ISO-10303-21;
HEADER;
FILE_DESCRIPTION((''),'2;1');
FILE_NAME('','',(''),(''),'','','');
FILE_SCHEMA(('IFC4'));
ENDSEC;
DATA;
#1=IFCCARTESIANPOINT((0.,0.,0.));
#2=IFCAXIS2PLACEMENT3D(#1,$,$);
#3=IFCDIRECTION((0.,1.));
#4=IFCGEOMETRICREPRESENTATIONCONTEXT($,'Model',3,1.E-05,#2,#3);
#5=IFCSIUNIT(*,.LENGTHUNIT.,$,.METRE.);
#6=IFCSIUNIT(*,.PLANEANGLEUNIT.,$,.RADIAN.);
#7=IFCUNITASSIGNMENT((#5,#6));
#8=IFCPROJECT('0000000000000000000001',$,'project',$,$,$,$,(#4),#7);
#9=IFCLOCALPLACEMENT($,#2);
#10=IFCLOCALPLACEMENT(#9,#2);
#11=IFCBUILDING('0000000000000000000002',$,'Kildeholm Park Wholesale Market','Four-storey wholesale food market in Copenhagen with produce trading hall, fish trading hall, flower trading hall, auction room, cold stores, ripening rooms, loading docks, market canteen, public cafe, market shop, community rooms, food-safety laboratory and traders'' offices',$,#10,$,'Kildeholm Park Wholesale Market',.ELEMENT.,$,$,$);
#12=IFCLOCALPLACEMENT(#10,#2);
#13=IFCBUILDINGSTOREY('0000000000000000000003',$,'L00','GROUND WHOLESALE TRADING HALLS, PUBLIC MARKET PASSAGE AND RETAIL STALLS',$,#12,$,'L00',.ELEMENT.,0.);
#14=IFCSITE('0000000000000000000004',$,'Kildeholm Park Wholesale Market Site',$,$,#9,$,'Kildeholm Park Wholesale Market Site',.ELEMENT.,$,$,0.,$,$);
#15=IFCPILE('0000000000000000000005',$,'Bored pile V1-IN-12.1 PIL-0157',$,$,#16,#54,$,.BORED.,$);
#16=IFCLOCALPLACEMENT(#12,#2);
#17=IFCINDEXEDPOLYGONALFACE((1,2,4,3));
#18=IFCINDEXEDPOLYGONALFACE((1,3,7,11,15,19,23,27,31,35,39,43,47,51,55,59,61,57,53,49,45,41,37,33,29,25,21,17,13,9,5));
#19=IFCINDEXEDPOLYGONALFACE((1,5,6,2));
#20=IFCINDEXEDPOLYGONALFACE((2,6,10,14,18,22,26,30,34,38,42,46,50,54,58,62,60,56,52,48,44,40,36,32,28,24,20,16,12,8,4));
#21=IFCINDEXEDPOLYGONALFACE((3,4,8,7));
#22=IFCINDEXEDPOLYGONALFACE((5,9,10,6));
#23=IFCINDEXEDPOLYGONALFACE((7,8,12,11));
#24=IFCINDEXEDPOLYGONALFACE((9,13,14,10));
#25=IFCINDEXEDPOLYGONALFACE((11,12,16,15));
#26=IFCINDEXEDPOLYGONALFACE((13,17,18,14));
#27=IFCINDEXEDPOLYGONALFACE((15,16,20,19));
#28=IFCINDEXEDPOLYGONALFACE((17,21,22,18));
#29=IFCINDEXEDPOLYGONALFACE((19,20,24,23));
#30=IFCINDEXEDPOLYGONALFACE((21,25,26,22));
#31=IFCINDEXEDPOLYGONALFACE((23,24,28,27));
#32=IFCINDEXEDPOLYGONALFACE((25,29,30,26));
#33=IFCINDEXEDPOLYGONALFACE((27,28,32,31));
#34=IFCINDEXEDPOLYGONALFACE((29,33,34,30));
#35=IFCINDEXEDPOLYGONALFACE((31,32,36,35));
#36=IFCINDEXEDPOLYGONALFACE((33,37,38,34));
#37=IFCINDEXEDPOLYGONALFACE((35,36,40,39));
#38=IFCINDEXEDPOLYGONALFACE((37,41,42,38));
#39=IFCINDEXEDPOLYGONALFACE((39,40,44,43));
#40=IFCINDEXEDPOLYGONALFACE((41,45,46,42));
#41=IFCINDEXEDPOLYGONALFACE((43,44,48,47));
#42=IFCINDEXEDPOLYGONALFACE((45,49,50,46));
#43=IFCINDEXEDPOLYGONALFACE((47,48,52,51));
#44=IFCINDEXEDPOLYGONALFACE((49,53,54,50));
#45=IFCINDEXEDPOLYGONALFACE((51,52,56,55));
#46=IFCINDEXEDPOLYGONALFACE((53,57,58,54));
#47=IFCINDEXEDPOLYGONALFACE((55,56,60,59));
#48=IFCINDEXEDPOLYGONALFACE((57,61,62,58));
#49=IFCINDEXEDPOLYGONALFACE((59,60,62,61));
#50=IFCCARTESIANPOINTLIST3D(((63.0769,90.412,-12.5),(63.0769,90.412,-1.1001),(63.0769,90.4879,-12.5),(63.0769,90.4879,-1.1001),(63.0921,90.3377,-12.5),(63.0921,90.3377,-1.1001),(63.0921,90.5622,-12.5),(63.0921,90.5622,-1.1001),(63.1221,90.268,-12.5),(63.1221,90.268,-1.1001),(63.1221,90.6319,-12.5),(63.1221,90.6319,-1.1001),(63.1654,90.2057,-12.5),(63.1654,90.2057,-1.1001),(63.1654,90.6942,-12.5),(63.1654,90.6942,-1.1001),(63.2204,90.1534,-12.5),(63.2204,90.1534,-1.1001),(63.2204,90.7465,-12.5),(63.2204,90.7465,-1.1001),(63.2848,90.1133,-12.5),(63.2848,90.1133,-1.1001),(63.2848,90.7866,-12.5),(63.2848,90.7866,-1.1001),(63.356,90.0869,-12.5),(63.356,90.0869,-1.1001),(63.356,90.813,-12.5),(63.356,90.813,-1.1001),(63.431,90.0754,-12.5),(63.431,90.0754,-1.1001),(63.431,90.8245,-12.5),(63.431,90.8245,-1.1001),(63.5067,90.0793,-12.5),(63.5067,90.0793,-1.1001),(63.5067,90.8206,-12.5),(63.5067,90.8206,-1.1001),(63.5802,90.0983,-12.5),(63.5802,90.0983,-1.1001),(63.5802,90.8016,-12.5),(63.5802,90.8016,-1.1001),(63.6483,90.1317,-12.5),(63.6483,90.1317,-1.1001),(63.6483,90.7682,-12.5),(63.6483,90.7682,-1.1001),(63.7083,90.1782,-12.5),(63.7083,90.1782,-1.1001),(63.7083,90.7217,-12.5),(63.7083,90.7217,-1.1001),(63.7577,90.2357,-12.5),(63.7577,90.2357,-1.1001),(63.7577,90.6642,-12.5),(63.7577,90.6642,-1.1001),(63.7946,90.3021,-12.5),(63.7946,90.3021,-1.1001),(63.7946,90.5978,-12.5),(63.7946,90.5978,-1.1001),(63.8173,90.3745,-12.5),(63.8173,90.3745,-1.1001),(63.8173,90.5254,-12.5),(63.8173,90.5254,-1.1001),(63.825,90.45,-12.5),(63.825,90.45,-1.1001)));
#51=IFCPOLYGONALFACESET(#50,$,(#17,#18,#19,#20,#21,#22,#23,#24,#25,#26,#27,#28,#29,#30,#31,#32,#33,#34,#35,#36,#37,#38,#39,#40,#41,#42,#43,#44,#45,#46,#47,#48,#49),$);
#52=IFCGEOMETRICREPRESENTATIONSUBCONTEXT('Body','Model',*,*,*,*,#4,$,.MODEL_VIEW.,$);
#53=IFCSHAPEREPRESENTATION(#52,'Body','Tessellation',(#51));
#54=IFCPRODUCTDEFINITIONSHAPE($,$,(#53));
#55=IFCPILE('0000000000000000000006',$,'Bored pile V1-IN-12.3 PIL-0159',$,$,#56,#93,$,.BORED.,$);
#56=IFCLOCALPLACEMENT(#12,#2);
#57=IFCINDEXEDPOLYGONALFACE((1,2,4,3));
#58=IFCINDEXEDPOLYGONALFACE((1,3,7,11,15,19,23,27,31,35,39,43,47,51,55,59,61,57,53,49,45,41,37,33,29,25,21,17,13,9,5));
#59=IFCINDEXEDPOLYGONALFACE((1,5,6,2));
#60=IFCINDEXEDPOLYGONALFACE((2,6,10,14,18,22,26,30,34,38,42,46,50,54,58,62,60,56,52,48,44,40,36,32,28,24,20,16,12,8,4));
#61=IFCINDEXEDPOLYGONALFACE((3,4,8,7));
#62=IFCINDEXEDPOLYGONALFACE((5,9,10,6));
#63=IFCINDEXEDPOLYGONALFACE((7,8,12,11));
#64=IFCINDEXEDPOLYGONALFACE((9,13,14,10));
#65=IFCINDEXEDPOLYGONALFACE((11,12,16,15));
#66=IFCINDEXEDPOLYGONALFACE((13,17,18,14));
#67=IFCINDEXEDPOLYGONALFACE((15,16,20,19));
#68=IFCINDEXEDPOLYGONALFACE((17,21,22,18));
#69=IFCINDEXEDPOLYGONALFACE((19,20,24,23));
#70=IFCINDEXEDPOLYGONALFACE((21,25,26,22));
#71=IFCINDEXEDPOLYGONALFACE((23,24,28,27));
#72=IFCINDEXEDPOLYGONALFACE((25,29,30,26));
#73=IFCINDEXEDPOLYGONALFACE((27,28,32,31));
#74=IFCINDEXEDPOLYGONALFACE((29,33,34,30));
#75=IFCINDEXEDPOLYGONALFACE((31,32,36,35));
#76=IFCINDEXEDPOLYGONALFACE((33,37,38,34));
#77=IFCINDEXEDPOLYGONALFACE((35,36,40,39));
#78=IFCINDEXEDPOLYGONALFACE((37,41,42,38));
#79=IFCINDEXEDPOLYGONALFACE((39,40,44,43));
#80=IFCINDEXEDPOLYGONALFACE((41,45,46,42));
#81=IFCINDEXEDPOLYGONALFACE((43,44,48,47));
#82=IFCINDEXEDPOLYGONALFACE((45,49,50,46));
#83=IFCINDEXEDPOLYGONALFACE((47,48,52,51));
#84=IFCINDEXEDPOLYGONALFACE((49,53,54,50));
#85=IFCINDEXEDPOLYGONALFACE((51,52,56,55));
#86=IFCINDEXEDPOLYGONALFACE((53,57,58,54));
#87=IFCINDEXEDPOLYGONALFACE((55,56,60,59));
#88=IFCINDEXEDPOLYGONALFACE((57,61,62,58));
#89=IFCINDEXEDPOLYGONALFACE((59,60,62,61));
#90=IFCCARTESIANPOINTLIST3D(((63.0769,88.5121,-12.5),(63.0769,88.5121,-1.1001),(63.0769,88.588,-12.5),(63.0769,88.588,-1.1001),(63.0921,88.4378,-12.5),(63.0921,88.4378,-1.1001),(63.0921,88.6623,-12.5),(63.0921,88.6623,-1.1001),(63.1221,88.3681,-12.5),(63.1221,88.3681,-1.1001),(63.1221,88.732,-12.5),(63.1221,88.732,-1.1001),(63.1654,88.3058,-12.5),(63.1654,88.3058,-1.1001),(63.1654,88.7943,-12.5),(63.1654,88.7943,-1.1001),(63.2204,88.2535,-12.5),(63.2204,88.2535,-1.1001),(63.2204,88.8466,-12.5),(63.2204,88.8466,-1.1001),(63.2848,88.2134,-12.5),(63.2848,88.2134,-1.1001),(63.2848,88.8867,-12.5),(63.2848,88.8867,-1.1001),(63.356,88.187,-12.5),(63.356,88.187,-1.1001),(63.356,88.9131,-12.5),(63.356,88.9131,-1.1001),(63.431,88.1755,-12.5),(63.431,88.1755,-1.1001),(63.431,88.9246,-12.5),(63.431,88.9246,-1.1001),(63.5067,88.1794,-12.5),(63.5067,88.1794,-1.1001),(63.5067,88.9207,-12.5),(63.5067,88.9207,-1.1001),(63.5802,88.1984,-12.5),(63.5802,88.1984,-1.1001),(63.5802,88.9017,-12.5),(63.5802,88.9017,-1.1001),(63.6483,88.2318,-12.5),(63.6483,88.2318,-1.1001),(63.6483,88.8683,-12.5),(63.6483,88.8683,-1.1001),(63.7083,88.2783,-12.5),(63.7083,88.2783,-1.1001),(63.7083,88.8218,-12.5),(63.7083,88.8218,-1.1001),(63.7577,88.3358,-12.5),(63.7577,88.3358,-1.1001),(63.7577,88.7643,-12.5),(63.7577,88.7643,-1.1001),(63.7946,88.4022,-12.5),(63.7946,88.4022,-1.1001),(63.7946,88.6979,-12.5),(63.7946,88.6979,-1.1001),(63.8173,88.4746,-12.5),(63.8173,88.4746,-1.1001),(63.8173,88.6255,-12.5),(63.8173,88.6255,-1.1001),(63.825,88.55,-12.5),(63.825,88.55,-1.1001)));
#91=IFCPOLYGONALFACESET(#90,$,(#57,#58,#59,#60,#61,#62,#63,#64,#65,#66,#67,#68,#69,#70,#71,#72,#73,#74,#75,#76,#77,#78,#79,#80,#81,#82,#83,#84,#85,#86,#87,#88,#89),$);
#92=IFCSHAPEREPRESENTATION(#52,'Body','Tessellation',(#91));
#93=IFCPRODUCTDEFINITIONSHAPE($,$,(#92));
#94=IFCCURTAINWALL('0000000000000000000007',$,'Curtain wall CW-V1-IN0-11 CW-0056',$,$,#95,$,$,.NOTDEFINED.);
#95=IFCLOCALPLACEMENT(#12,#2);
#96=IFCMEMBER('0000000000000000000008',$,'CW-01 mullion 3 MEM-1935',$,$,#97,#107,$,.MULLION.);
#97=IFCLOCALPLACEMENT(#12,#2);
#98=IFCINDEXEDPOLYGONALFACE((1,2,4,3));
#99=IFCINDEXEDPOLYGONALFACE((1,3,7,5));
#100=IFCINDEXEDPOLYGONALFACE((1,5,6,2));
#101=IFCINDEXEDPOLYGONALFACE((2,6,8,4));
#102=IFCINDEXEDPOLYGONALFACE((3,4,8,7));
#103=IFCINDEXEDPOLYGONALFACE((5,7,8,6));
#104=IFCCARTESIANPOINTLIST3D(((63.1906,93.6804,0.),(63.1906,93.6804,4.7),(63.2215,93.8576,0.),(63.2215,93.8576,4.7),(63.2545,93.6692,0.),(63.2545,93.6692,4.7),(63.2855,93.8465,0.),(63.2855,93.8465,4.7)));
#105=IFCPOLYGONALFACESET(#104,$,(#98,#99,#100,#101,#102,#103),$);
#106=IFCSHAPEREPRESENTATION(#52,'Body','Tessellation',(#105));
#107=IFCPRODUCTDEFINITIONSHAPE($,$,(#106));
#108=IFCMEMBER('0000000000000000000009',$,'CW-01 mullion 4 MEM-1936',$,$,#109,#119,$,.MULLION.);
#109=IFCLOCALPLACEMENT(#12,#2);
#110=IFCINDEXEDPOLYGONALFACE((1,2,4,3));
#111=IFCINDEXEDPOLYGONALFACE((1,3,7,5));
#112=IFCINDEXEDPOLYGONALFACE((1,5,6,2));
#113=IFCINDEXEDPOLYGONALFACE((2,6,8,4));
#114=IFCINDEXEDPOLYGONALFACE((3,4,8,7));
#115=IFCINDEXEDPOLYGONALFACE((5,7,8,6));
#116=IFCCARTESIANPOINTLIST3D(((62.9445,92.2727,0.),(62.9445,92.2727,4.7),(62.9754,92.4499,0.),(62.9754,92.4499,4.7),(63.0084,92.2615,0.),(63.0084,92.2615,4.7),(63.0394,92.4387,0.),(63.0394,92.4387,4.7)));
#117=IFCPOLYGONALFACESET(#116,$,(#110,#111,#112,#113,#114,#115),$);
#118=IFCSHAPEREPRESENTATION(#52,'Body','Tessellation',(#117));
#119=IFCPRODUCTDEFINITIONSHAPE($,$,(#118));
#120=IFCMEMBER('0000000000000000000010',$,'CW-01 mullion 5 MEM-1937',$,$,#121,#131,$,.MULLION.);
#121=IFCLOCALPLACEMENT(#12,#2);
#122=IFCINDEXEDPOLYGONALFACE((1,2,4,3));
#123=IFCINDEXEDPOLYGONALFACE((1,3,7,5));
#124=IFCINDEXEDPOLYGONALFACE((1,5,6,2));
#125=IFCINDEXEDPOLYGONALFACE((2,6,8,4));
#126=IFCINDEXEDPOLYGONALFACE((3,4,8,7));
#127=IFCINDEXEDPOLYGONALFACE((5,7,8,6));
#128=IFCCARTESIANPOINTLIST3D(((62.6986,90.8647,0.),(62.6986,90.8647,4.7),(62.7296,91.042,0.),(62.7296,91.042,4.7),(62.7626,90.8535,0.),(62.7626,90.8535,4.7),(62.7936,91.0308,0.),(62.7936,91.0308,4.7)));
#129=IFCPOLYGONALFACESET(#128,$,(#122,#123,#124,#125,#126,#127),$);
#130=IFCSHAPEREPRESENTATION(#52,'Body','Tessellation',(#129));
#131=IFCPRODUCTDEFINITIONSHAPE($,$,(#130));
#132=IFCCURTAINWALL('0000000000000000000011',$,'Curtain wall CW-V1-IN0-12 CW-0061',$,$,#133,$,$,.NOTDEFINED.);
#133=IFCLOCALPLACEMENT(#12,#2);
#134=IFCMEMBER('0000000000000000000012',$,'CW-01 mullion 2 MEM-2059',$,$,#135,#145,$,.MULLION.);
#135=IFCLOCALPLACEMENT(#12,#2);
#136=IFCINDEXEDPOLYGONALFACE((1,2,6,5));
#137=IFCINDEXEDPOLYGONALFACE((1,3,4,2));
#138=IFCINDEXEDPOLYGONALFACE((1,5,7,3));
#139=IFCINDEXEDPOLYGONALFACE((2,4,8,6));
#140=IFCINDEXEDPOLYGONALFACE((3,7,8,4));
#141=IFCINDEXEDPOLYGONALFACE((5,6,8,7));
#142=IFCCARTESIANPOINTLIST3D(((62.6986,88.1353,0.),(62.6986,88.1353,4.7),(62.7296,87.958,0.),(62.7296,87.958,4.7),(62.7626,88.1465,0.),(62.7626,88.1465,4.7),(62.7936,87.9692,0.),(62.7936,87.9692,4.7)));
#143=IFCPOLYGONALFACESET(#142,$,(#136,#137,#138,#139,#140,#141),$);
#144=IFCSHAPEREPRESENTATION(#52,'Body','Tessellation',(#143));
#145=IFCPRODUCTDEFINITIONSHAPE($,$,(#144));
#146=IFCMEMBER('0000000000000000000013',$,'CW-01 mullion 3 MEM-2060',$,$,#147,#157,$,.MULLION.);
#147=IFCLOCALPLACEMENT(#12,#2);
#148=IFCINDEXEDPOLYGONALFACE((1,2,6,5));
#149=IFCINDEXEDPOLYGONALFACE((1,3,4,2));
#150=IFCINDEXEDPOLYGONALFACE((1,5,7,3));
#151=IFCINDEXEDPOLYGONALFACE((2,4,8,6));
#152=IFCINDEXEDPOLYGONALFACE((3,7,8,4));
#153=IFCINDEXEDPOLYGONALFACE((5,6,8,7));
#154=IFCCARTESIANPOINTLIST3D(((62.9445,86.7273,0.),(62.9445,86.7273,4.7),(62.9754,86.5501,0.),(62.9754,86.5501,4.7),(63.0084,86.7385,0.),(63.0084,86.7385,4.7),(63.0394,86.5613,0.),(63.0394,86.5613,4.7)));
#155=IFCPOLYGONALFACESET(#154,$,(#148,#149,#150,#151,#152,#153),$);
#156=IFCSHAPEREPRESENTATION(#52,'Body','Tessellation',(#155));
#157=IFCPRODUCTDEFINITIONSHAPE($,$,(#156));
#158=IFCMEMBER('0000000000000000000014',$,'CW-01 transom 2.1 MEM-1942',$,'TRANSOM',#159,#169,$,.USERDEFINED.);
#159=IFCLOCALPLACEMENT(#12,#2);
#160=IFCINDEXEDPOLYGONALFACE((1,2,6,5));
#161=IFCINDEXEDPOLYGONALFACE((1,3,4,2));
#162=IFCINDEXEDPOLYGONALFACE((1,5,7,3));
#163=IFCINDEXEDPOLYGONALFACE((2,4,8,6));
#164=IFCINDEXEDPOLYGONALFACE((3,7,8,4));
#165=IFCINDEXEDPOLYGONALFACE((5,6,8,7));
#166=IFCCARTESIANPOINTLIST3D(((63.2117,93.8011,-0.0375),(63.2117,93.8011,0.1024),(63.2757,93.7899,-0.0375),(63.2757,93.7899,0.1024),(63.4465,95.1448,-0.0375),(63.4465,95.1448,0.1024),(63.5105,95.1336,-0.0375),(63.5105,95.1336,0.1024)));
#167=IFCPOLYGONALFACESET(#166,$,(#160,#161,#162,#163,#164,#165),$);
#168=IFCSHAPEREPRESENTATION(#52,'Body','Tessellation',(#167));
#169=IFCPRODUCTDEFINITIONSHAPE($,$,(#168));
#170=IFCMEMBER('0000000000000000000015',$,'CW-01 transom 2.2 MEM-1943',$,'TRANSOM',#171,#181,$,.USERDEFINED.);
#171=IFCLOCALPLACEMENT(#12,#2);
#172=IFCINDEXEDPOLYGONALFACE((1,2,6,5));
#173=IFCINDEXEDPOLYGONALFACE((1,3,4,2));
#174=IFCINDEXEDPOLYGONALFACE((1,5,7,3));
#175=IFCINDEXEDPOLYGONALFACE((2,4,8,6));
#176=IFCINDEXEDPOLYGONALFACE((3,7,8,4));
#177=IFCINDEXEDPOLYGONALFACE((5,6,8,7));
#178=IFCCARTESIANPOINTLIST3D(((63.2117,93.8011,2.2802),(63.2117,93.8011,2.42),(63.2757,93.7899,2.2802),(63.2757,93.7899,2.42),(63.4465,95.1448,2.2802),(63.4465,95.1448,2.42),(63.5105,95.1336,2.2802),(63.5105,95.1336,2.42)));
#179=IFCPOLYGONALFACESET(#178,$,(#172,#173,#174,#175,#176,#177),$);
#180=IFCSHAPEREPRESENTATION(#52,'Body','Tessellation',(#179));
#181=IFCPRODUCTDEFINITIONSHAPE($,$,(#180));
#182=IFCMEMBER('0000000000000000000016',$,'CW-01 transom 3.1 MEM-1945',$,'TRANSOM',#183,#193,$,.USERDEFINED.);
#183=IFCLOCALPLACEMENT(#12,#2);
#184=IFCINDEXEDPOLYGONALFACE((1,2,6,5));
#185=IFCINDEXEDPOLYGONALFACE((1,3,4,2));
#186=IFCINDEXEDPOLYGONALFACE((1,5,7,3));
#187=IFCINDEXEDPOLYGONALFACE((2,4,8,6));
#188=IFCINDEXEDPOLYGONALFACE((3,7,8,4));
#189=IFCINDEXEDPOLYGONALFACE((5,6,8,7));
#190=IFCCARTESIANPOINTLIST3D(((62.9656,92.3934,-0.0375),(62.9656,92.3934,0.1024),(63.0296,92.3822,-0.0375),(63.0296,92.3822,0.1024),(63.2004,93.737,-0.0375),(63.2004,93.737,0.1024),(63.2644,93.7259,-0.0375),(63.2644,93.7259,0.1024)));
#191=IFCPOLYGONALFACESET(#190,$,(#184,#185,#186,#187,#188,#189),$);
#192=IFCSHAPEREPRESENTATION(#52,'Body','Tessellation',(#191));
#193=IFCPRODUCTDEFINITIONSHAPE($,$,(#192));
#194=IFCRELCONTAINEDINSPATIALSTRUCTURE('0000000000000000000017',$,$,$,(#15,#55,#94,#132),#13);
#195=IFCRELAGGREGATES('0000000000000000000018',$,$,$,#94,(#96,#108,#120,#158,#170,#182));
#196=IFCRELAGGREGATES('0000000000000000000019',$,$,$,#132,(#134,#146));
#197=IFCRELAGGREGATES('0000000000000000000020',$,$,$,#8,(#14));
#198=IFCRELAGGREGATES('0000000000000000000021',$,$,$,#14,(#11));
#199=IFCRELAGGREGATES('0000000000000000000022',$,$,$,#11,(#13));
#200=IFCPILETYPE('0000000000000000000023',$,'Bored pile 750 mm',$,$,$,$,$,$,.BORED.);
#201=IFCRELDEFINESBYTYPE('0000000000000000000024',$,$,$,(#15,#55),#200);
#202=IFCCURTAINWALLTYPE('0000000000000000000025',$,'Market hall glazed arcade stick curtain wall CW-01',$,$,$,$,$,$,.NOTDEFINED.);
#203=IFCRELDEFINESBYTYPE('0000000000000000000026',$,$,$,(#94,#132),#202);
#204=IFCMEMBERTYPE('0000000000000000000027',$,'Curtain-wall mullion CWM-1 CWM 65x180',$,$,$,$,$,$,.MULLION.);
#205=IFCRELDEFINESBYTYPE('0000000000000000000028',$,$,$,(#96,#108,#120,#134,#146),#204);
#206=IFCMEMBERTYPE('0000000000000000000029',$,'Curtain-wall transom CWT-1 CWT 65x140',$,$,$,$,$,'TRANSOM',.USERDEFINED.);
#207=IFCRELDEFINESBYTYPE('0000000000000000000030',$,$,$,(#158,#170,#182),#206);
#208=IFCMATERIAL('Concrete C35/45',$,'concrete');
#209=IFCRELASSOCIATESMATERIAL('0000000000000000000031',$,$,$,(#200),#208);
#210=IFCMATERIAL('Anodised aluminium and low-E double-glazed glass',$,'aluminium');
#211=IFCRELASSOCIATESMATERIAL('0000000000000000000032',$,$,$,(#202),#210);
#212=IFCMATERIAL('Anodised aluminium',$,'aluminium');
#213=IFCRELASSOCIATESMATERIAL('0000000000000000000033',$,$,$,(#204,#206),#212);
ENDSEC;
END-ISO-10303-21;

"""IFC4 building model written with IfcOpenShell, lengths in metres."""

from ifc_helpers import new_model, si_unit, direction, frame, origin, origin_2d, place, context, subcontext, project, spatial, rectangle, circle, extrude, material, material_profile, profile_set, type_object, element, aggregate, save


model = new_model("IFC4")

# Units and contexts
model_context = context("Model", 3, precision=1e-05, world=origin(), true_north=direction((0.0, 1.0)))
body_context = subcontext(model_context, "Body", "Model", "MODEL_VIEW")
ifc_project = project(units=[si_unit("LENGTHUNIT", "METRE"), si_unit("PLANEANGLEUNIT", "RADIAN")], contexts=[model_context])

# Site, building, storey
site_placement = place(None, origin())
site = spatial("IfcSite", under=ifc_project, at=site_placement, Name="Kildeholm Park Wholesale Market Site", LongName="Kildeholm Park Wholesale Market Site", CompositionType="ELEMENT", RefElevation=0.0)
building_placement = place(site_placement, origin())
building = spatial("IfcBuilding", under=site, at=building_placement, Name="Kildeholm Park Wholesale Market", Description="Four-storey wholesale food market in Copenhagen with produce trading hall, fish trading hall, flower trading hall, auction room, cold stores, ripening rooms, loading docks, market canteen, public cafe, market shop, community rooms, food-safety laboratory and traders' offices", LongName="Kildeholm Park Wholesale Market", CompositionType="ELEMENT")
storey_placement = place(building_placement, origin())
storey = spatial("IfcBuildingStorey", under=building, at=storey_placement, Name="L00", Description="GROUND WHOLESALE TRADING HALLS, PUBLIC MARKET PASSAGE AND RETAIL STALLS", LongName="L00", CompositionType="ELEMENT", Elevation=0.0)

# Piles
ifc_material_1 = material(Name="Concrete C35/45", Category="concrete")
ifc_material_profile_1 = material_profile(ifc_material_1, circle(Radius=0.375, at=origin_2d()), Name="PILE D750")
ifc_profile_set_1 = profile_set([ifc_material_profile_1], Name="Concrete C35/45")
pile_type = type_object("IfcPileType", Name="Bored pile 750 mm", PredefinedType="BORED", material=ifc_profile_set_1)
for number, where, z_axis, x_axis, name in (
    (1, (63.45, 90.45, -1.1001), (0.0, 0.0, -1.0), (1.0, 0.0, 0.0), "Bored pile V1-IN-12.1 PIL-0157"),
    (2, (63.45, 88.55, -1.1001), (0.0, 0.0, -1.0), (1.0, 0.0, 0.0), "Bored pile V1-IN-12.3 PIL-0159"),
):
    element("IfcPile", number, at=place(storey_placement, frame(where, z_axis=z_axis, x_axis=x_axis)), inside=storey, type_object=pile_type, Name=name, PredefinedType="BORED", context=body_context, shape_type="SweptSolid", body=[
        extrude(circle(Radius=0.375, at=origin_2d()), origin(), (0.0, 0.0, 1.0), 11.3999),
    ])

# Curtain walls, members
ifc_material_2 = material(Name="Anodised aluminium and low-E double-glazed glass", Category="aluminium")
curtain_wall_type = type_object("IfcCurtainWallType", Name="Market hall glazed arcade stick curtain wall CW-01", PredefinedType="NOTDEFINED", material=ifc_material_2)
curtain_wall_1_placement = place(storey_placement, origin())
curtain_wall_1 = element("IfcCurtainWall", 3, at=curtain_wall_1_placement, inside=storey, type_object=curtain_wall_type, Name="Curtain wall CW-V1-IN0-11 CW-0056", PredefinedType="NOTDEFINED")
ifc_material_3 = material(Name="Anodised aluminium", Category="aluminium")
ifc_material_profile_2 = material_profile(ifc_material_3, rectangle(XDim=0.0649, YDim=0.1799, at=origin_2d()), Name="CWM 65x180")
ifc_profile_set_2 = profile_set([ifc_material_profile_2], Name="Anodised aluminium")
member_type_1 = type_object("IfcMemberType", Name="Curtain-wall mullion CWM-1 CWM 65x180", PredefinedType="MULLION", material=ifc_profile_set_2)
member_1_placement = place(storey_placement, frame((63.238, 93.7634, 0.0), z_axis=(0.0, 0.0, 1.0), x_axis=(0.985074, -0.172133, 0.0)))
member_1 = element("IfcMember", 4, at=member_1_placement, type_object=member_type_1, Name="CW-01 mullion 3 MEM-1935", PredefinedType="MULLION", context=body_context, shape_type="SweptSolid", body=[
    extrude(rectangle(XDim=0.0649, YDim=0.1799, at=origin_2d()), origin(), (0.0, 0.0, 1.0), 4.7),
])
member_2_placement = place(storey_placement, frame((62.9919, 92.3557, 0.0), z_axis=(0.0, 0.0, 1.0), x_axis=(0.985074, -0.172133, 0.0)))
member_2 = element("IfcMember", 5, at=member_2_placement, type_object=member_type_1, Name="CW-01 mullion 4 MEM-1936", PredefinedType="MULLION", context=body_context, shape_type="SweptSolid", body=[
    extrude(rectangle(XDim=0.0649, YDim=0.1799, at=origin_2d()), origin(), (0.0, 0.0, 1.0), 4.7),
])
member_3_placement = place(storey_placement, frame((62.7461, 90.9478, 0.0), z_axis=(0.0, 0.0, 1.0), x_axis=(0.985074, -0.172133, 0.0)))
member_3 = element("IfcMember", 6, at=member_3_placement, type_object=member_type_1, Name="CW-01 mullion 5 MEM-1937", PredefinedType="MULLION", context=body_context, shape_type="SweptSolid", body=[
    extrude(rectangle(XDim=0.0649, YDim=0.1799, at=origin_2d()), origin(), (0.0, 0.0, 1.0), 4.7),
])
curtain_wall_2_placement = place(storey_placement, origin())
curtain_wall_2 = element("IfcCurtainWall", 7, at=curtain_wall_2_placement, inside=storey, type_object=curtain_wall_type, Name="Curtain wall CW-V1-IN0-12 CW-0061", PredefinedType="NOTDEFINED")
member_4_placement = place(storey_placement, frame((62.7461, 88.0522, 0.0), z_axis=(0.0, 0.0, 1.0), x_axis=(0.985074, 0.172133, 0.0)))
member_4 = element("IfcMember", 8, at=member_4_placement, type_object=member_type_1, Name="CW-01 mullion 2 MEM-2059", PredefinedType="MULLION", context=body_context, shape_type="SweptSolid", body=[
    extrude(rectangle(XDim=0.0649, YDim=0.1799, at=origin_2d()), origin(), (0.0, 0.0, 1.0), 4.7),
])
member_5_placement = place(storey_placement, frame((62.9919, 86.6443, 0.0), z_axis=(0.0, 0.0, 1.0), x_axis=(0.985074, 0.172133, 0.0)))
member_5 = element("IfcMember", 9, at=member_5_placement, type_object=member_type_1, Name="CW-01 mullion 3 MEM-2060", PredefinedType="MULLION", context=body_context, shape_type="SweptSolid", body=[
    extrude(rectangle(XDim=0.0649, YDim=0.1799, at=origin_2d()), origin(), (0.0, 0.0, 1.0), 4.7),
])

# Members
ifc_material_profile_3 = material_profile(ifc_material_3, rectangle(XDim=0.0649, YDim=0.1399, at=origin_2d()), Name="CWT 65x140")
ifc_profile_set_3 = profile_set([ifc_material_profile_3], Name="Anodised aluminium")
member_type_2 = type_object("IfcMemberType", Name="Curtain-wall transom CWT-1 CWT 65x140", ElementType="TRANSOM", PredefinedType="USERDEFINED", material=ifc_profile_set_3)
member_6_placement = place(storey_placement, frame((63.4785, 95.1392, 0.0325), z_axis=(-0.172172, -0.985067, 0.0), x_axis=(0.985067, -0.172172, 0.0)))
member_6 = element("IfcMember", 10, at=member_6_placement, type_object=member_type_2, Name="CW-01 transom 2.1 MEM-1942", ObjectType="TRANSOM", PredefinedType="USERDEFINED", context=body_context, shape_type="SweptSolid", body=[
    extrude(rectangle(XDim=0.0649, YDim=0.1399, at=origin_2d()), origin(), (0.0, 0.0, 1.0), 1.364),
])
member_7_placement = place(storey_placement, frame((63.4785, 95.1392, 2.3501), z_axis=(-0.172172, -0.985067, 0.0), x_axis=(0.985067, -0.172172, 0.0)))
member_7 = element("IfcMember", 11, at=member_7_placement, type_object=member_type_2, Name="CW-01 transom 2.2 MEM-1943", ObjectType="TRANSOM", PredefinedType="USERDEFINED", context=body_context, shape_type="SweptSolid", body=[
    extrude(rectangle(XDim=0.0649, YDim=0.1399, at=origin_2d()), origin(), (0.0, 0.0, 1.0), 1.364),
])
member_8_placement = place(storey_placement, frame((63.2324, 93.7314, 0.0325), z_axis=(-0.172172, -0.985067, 0.0), x_axis=(0.985067, -0.172172, 0.0)))
member_8 = element("IfcMember", 12, at=member_8_placement, type_object=member_type_2, Name="CW-01 transom 3.1 MEM-1945", ObjectType="TRANSOM", PredefinedType="USERDEFINED", context=body_context, shape_type="SweptSolid", body=[
    extrude(rectangle(XDim=0.0649, YDim=0.1399, at=origin_2d()), origin(), (0.0, 0.0, 1.0), 1.364),
])

aggregate(curtain_wall_1, [member_1, member_2, member_3, member_6, member_7, member_8])
aggregate(curtain_wall_2, [member_4, member_5])

save(model, "model.ifc")
